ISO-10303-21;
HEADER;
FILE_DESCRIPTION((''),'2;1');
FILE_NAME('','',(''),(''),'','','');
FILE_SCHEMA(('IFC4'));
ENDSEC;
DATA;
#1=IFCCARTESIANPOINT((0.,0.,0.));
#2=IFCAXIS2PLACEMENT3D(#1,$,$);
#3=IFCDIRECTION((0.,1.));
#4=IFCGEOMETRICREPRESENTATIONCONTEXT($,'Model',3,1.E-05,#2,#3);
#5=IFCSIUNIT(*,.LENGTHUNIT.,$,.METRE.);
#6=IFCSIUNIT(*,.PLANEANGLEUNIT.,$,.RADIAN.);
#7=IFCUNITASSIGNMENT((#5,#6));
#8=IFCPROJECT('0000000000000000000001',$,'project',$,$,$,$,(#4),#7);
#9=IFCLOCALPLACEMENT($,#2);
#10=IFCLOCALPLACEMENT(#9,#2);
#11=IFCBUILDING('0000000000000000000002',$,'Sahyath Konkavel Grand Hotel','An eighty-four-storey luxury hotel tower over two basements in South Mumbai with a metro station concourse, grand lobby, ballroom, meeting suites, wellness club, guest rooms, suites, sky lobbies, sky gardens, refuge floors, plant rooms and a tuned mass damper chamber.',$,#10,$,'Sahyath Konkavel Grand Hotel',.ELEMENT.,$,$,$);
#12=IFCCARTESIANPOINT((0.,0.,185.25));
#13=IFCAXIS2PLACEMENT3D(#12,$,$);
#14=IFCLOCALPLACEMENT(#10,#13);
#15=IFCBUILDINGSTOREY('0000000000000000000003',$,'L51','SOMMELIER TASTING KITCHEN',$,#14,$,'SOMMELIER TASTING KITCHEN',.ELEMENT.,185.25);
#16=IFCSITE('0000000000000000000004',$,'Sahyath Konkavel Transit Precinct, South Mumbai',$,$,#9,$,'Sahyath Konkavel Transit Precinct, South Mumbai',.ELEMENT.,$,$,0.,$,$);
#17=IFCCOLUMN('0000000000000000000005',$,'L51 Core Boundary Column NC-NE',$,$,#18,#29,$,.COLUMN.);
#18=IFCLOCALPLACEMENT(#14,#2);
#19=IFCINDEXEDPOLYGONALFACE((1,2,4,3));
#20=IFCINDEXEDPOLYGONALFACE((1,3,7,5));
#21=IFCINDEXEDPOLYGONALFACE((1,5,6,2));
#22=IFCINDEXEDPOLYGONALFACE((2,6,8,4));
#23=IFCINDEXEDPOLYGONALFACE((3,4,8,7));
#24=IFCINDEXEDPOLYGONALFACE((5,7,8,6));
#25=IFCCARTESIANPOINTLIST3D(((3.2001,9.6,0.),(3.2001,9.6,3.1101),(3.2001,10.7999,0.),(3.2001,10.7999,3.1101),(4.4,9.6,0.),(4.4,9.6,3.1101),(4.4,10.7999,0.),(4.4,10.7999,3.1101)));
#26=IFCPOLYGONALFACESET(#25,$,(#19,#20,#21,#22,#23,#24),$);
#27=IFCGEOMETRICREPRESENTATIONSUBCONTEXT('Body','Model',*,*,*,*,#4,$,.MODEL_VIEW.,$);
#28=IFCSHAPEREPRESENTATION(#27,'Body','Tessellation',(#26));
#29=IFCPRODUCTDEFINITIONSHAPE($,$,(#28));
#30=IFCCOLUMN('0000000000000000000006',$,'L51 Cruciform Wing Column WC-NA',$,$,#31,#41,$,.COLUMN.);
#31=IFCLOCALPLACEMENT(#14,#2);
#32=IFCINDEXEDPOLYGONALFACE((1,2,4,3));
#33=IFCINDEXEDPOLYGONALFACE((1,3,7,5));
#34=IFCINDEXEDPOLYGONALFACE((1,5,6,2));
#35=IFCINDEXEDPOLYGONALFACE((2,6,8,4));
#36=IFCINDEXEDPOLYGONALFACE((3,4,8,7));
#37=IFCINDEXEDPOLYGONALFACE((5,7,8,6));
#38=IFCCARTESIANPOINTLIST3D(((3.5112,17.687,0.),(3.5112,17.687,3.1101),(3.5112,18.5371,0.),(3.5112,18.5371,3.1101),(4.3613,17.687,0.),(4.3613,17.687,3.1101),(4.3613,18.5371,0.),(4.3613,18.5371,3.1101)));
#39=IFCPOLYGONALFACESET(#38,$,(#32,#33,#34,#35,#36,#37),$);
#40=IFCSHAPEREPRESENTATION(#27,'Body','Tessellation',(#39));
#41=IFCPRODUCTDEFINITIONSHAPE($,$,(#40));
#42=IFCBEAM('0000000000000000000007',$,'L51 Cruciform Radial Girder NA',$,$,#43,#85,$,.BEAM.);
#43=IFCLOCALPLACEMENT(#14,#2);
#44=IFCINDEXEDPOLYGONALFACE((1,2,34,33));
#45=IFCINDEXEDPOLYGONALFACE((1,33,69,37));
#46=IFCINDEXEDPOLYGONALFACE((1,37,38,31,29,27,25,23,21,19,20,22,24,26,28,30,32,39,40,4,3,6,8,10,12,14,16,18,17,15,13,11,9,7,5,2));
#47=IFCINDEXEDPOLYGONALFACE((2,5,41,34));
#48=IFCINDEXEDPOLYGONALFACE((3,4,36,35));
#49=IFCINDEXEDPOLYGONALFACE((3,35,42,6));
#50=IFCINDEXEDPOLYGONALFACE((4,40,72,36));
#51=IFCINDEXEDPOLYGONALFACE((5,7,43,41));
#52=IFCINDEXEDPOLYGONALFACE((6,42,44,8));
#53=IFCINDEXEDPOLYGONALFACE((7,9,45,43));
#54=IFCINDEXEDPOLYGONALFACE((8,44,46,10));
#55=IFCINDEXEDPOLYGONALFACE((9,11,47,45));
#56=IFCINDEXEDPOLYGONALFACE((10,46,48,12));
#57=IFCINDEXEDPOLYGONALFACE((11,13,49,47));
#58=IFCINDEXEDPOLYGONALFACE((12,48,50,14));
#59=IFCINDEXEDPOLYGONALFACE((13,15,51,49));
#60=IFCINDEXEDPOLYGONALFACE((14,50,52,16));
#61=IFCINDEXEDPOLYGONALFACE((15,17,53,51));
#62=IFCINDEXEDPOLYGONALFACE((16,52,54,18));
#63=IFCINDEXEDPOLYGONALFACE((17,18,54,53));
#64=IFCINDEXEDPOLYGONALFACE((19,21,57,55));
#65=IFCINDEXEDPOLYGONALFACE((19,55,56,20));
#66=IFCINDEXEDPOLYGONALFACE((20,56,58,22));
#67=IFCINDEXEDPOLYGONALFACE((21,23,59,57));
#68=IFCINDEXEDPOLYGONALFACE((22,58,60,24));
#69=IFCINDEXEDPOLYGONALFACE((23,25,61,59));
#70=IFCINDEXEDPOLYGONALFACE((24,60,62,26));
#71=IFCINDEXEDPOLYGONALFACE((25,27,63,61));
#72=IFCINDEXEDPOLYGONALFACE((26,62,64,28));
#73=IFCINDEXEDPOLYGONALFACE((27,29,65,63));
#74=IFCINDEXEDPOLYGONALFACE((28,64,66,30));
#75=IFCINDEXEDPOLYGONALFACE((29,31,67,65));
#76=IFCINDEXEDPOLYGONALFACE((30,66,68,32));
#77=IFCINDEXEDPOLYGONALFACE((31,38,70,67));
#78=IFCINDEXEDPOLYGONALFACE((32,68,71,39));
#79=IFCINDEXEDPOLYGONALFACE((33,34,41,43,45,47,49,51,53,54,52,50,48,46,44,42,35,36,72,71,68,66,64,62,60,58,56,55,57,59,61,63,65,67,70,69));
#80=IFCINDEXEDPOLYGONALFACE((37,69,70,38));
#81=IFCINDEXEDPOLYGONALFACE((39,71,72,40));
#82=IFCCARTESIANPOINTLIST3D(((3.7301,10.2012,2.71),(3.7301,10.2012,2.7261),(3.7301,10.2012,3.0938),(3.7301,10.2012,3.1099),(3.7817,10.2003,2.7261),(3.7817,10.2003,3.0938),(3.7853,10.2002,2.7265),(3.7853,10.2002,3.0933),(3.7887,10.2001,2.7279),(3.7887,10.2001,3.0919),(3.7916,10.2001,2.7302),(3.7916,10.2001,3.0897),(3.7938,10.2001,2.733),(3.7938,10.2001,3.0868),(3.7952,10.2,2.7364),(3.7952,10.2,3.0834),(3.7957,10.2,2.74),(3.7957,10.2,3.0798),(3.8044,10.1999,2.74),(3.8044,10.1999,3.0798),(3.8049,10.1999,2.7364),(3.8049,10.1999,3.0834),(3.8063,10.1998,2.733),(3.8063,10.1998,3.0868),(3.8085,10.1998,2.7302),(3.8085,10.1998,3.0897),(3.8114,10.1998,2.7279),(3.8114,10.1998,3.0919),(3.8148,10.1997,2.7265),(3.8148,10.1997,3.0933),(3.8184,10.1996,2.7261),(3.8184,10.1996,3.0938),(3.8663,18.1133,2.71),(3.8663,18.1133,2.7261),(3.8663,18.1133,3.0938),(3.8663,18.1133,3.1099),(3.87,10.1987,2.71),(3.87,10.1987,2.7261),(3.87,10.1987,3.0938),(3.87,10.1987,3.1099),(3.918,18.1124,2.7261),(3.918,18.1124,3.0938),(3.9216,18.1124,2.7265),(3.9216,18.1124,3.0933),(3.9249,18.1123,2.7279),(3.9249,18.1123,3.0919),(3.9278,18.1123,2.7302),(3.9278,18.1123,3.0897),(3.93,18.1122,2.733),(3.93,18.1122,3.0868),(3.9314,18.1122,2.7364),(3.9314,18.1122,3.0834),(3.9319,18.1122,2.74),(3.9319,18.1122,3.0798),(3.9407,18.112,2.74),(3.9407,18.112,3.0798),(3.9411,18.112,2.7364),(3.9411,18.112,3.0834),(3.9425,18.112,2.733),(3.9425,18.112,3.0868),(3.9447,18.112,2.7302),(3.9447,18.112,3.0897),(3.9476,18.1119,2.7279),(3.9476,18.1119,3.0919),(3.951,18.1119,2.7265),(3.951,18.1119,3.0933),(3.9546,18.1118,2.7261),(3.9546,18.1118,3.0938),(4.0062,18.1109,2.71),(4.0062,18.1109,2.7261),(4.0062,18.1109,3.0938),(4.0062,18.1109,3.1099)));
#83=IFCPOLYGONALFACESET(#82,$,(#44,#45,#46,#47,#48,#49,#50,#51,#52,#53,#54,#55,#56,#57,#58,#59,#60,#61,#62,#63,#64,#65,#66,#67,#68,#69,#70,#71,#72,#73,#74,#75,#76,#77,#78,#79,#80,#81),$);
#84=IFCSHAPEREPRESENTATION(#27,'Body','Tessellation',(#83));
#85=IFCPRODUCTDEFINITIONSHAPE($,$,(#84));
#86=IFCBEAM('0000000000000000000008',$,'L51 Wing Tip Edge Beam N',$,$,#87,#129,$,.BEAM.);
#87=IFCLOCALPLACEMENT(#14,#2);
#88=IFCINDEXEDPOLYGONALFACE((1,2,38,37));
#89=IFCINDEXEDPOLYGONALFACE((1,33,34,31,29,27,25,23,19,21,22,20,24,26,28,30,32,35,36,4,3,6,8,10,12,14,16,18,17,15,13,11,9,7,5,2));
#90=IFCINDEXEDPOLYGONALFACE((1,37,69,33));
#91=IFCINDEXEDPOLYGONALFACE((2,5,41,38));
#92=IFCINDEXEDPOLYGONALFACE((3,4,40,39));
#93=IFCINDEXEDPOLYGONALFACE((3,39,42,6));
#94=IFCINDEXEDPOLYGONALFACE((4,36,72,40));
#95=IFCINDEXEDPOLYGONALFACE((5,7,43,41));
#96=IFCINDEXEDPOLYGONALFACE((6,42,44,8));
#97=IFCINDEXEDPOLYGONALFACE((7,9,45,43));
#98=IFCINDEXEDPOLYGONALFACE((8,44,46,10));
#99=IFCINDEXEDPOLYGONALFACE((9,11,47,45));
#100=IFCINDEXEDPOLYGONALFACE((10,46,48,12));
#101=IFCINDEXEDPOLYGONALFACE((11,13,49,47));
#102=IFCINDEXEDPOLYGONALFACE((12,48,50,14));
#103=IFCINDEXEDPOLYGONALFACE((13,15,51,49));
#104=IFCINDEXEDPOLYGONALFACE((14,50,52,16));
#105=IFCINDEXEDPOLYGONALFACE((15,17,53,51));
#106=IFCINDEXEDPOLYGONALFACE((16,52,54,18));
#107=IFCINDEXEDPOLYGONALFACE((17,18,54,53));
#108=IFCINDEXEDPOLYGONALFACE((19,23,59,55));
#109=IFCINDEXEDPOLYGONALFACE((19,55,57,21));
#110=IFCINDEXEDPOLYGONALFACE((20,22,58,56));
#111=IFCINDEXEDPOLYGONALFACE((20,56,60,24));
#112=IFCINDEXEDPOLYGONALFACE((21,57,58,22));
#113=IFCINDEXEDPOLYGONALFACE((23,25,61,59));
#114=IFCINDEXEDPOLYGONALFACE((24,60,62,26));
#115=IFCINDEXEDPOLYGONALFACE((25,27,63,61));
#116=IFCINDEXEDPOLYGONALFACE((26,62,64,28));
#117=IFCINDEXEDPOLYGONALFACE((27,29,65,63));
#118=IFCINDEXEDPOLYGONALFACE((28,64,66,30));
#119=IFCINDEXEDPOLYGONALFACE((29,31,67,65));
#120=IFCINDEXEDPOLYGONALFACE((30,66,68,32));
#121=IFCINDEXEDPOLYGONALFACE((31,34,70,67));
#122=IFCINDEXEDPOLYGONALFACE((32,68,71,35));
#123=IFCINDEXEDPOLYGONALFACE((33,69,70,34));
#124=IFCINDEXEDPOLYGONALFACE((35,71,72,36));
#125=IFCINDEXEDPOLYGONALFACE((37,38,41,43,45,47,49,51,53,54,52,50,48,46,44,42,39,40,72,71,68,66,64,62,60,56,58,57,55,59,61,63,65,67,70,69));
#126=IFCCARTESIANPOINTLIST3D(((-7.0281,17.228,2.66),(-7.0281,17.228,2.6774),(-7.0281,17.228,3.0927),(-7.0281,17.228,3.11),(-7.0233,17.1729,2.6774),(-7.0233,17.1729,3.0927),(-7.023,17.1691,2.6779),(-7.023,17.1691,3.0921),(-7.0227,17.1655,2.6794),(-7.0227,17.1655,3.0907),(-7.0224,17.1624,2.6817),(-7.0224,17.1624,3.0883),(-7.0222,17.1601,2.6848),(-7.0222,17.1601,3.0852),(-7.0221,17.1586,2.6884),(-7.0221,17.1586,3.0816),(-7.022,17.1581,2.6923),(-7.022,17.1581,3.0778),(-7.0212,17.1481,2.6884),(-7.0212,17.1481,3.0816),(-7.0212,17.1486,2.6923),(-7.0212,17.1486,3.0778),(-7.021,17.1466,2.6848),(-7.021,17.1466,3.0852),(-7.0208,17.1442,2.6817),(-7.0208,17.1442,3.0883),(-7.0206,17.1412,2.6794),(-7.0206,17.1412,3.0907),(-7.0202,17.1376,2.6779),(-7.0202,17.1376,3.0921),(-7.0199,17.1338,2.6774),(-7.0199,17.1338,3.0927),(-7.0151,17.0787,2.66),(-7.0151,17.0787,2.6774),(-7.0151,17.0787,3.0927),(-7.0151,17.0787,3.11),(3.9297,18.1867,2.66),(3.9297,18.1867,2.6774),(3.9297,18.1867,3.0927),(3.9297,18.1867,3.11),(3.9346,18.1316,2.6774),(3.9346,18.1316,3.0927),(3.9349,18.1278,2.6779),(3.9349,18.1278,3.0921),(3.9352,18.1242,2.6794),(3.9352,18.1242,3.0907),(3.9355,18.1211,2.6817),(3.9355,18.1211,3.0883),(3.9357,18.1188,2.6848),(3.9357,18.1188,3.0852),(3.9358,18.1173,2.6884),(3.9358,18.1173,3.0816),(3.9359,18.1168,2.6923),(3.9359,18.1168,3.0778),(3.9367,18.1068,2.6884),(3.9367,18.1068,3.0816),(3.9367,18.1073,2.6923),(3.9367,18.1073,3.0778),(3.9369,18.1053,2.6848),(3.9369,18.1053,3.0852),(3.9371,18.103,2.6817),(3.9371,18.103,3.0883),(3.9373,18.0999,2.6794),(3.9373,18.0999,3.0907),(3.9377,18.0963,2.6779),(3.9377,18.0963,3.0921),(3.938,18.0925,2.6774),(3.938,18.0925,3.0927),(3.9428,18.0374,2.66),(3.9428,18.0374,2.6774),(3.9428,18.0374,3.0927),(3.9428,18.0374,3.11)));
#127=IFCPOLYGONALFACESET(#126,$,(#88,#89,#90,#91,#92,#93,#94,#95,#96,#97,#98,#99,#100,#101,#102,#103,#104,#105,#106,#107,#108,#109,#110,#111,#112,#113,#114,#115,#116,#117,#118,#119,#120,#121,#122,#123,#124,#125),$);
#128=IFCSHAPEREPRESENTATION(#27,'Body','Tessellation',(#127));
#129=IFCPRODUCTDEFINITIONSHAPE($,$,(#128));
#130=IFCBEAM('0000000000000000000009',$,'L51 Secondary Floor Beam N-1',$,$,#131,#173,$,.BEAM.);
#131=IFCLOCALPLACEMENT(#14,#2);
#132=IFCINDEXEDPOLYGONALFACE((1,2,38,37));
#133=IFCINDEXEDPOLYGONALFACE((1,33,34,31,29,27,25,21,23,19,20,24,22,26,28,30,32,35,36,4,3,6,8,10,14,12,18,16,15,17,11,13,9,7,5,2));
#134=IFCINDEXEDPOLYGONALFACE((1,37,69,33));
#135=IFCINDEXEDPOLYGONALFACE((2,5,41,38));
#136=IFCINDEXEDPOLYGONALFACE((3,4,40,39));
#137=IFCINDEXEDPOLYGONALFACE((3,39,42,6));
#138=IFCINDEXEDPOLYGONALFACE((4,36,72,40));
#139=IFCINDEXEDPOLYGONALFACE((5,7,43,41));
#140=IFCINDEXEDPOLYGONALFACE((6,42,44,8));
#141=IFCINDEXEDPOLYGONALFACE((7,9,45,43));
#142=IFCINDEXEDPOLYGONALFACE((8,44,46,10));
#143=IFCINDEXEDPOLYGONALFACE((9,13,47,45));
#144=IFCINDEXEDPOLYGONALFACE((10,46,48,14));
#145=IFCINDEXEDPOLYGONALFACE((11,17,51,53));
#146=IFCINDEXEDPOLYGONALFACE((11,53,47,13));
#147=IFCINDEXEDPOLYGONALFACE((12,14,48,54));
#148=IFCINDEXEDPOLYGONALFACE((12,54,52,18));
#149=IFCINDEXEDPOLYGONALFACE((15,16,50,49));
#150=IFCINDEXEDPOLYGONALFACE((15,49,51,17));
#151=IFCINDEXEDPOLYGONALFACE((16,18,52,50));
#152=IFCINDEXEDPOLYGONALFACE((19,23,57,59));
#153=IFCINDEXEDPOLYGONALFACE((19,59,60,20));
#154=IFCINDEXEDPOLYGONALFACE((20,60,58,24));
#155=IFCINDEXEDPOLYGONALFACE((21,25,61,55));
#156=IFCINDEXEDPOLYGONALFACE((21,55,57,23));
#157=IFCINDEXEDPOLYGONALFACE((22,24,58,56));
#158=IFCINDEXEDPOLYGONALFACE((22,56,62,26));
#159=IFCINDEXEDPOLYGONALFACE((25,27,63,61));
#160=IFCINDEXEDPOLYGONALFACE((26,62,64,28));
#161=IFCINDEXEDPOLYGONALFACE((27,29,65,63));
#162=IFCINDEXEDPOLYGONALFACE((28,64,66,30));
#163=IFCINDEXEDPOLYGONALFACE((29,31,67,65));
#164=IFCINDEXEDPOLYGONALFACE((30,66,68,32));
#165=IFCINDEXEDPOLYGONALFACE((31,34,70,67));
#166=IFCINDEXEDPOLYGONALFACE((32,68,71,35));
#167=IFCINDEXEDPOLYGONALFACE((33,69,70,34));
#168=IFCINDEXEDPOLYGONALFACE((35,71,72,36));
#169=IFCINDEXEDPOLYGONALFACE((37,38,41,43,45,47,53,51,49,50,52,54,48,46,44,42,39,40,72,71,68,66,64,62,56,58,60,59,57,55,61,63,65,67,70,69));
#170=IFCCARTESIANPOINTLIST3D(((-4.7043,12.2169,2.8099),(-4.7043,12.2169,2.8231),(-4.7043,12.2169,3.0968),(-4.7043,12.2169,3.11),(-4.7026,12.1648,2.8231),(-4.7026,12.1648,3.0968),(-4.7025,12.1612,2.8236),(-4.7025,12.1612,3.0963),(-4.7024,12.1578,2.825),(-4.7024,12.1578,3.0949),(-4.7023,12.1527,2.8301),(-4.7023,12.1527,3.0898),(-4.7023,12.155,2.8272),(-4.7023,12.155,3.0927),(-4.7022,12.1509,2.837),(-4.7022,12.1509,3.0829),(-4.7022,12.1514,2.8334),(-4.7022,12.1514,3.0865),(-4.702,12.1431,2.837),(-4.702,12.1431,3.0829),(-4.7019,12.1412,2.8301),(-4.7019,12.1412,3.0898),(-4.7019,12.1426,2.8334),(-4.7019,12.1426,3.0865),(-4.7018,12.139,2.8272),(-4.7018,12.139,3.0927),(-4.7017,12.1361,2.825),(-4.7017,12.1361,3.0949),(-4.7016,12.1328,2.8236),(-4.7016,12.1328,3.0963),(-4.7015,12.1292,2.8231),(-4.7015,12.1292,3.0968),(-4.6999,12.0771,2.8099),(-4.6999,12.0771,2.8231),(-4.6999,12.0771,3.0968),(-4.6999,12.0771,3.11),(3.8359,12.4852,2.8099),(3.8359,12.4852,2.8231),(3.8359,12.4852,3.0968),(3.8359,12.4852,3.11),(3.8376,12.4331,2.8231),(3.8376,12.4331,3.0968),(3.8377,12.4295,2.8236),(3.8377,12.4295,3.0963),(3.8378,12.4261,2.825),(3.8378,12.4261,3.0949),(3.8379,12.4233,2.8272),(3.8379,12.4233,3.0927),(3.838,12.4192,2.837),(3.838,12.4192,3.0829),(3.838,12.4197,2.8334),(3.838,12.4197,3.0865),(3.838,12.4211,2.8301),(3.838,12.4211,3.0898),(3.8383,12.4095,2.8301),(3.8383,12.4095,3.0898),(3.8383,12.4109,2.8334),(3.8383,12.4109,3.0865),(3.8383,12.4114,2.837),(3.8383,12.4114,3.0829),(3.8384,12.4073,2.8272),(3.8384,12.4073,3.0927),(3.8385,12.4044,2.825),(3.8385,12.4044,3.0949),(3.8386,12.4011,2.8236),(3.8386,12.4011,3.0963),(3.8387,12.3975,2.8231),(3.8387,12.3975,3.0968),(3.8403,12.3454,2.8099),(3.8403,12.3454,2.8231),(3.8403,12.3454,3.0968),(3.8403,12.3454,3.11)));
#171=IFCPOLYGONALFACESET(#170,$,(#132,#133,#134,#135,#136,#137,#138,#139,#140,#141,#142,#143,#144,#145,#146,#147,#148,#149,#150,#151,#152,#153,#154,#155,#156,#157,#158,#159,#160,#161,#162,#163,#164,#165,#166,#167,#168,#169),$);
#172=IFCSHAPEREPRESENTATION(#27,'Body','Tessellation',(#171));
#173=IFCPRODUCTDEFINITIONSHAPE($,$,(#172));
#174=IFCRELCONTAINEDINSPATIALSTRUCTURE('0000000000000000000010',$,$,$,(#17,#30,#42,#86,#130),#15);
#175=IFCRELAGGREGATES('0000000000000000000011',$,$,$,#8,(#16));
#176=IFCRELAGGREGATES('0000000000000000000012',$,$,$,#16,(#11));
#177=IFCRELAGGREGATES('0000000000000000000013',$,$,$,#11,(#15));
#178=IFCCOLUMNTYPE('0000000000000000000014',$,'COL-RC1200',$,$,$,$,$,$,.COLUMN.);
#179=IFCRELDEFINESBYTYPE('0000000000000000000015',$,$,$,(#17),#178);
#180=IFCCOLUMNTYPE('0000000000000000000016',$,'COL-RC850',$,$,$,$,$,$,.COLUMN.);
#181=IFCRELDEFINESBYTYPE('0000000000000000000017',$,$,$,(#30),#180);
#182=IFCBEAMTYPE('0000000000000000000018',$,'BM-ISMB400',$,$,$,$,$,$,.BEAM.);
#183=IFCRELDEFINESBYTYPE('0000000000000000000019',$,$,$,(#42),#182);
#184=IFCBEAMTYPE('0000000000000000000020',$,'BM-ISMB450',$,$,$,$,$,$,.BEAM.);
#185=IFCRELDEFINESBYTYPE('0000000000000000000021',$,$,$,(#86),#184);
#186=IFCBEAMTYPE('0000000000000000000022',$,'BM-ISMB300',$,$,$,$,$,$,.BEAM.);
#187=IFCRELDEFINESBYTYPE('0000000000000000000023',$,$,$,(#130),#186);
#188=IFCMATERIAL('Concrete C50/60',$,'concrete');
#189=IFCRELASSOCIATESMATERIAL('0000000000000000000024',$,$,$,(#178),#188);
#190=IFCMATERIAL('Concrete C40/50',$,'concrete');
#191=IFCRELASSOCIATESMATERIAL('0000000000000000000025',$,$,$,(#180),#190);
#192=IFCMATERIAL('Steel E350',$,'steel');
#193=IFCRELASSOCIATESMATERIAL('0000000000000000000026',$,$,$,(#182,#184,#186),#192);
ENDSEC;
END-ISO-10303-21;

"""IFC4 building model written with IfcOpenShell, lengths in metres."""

from ifc_helpers import new_model, si_unit, direction, frame, origin, origin_2d, place, context, subcontext, project, spatial, rectangle, i_section, extrude, source, transform, mapped, material, material_profile, profile_set, type_object, element, save


model = new_model("IFC4")

# Units and contexts
model_context = context("Model", 3, precision=1e-05, world=origin(), true_north=direction((0.0, 1.0)))
body_context = subcontext(model_context, "Body", "Model", "MODEL_VIEW")
ifc_project = project(units=[si_unit("LENGTHUNIT", "METRE"), si_unit("PLANEANGLEUNIT", "RADIAN")], contexts=[model_context])

# Site, building, storey
site_placement = place(None, origin())
site = spatial("IfcSite", under=ifc_project, at=site_placement, Name="Sahyath Konkavel Transit Precinct, South Mumbai", LongName="Sahyath Konkavel Transit Precinct, South Mumbai", CompositionType="ELEMENT", RefElevation=0.0)
building_placement = place(site_placement, origin())
building = spatial("IfcBuilding", under=site, at=building_placement, Name="Sahyath Konkavel Grand Hotel", Description="An eighty-four-storey luxury hotel tower over two basements in South Mumbai with a metro station concourse, grand lobby, ballroom, meeting suites, wellness club, guest rooms, suites, sky lobbies, sky gardens, refuge floors, plant rooms and a tuned mass damper chamber.", LongName="Sahyath Konkavel Grand Hotel", CompositionType="ELEMENT")
storey_placement = place(building_placement, frame((0.0, 0.0, 185.25)))
storey = spatial("IfcBuildingStorey", under=building, at=storey_placement, Name="L51", Description="SOMMELIER TASTING KITCHEN", LongName="SOMMELIER TASTING KITCHEN", CompositionType="ELEMENT", Elevation=185.25)

# Columns
ifc_material_1 = material(Name="Concrete C50/60", Category="concrete")
ifc_material_profile_1 = material_profile(ifc_material_1, rectangle(XDim=1.2, YDim=1.2, at=origin_2d()), Name="RC 1200x1200")
ifc_profile_set_1 = profile_set([ifc_material_profile_1], Name="Concrete C50/60")
column_type_1 = type_object("IfcColumnType", Name="COL-RC1200", PredefinedType="COLUMN", material=ifc_profile_set_1)
shared_shape_1 = source(origin(), body_context, "Body", "SweptSolid", [
    extrude(rectangle(XDim=1.2, YDim=1.2, at=origin_2d()), origin(), (0.0, 0.0, 1.0), 3.1101),
])
column_1_placement = place(storey_placement, frame((3.8, 10.2, 0.0), z_axis=(0.0, 0.0, 1.0), x_axis=(1.0, 0.0, 0.0)))
element("IfcColumn", 1, at=column_1_placement, inside=storey, type_object=column_type_1, Name="L51 Core Boundary Column NC-NE", PredefinedType="COLUMN", context=body_context, shape_type="MappedRepresentation", body=[
    mapped(shared_shape_1, transform((0.0, 0.0, 0.0), scale=1.0)),
])
ifc_material_2 = material(Name="Concrete C40/50", Category="concrete")
ifc_material_profile_2 = material_profile(ifc_material_2, rectangle(XDim=0.8501, YDim=0.8501, at=origin_2d()), Name="RC 850x850")
ifc_profile_set_2 = profile_set([ifc_material_profile_2], Name="Concrete C40/50")
column_type_2 = type_object("IfcColumnType", Name="COL-RC850", PredefinedType="COLUMN", material=ifc_profile_set_2)
shared_shape_2 = source(origin(), body_context, "Body", "SweptSolid", [
    extrude(rectangle(XDim=0.8501, YDim=0.8501, at=origin_2d()), origin(), (0.0, 0.0, 1.0), 3.1101),
])
column_2_placement = place(storey_placement, frame((3.9363, 18.1121, 0.0), z_axis=(0.0, 0.0, 1.0), x_axis=(1.0, 0.0, 0.0)))
element("IfcColumn", 2, at=column_2_placement, inside=storey, type_object=column_type_2, Name="L51 Cruciform Wing Column WC-NA", PredefinedType="COLUMN", context=body_context, shape_type="MappedRepresentation", body=[
    mapped(shared_shape_2, transform((0.0, 0.0, 0.0), scale=1.0)),
])

# Beams
ifc_material_3 = material(Name="Steel E350", Category="steel")
ifc_material_profile_3 = material_profile(ifc_material_3, i_section(OverallWidth=0.1399, OverallDepth=0.3999, WebThickness=0.0088, FlangeThickness=0.0161, FilletRadius=0.0139, at=origin_2d()), Name="ISMB 400")
ifc_profile_set_3 = profile_set([ifc_material_profile_3], Name="Steel E350")
beam_type_1 = type_object("IfcBeamType", Name="BM-ISMB400", PredefinedType="BEAM", material=ifc_profile_set_3)
shared_shape_3 = source(origin(), body_context, "Body", "SweptSolid", [
    extrude(i_section(OverallWidth=0.1399, OverallDepth=0.3999, WebThickness=0.0088, FlangeThickness=0.0161, FilletRadius=0.0139, at=origin_2d()), origin(), (0.0, 0.0, 1.0), 7.9133),
])
beam_1_placement = place(storey_placement, frame((3.8, 10.2, 2.9099), z_axis=(0.017215, 0.999852, 0.0), x_axis=(-0.999852, 0.017215, 0.0)))
element("IfcBeam", 3, at=beam_1_placement, inside=storey, type_object=beam_type_1, Name="L51 Cruciform Radial Girder NA", PredefinedType="BEAM", context=body_context, shape_type="MappedRepresentation", body=[
    mapped(shared_shape_3, transform((0.0, 0.0, 0.0), scale=1.0)),
])
ifc_material_profile_4 = material_profile(ifc_material_3, i_section(OverallWidth=0.1499, OverallDepth=0.45, WebThickness=0.0095, FlangeThickness=0.0173, FilletRadius=0.0149, at=origin_2d()), Name="ISMB 450")
ifc_profile_set_4 = profile_set([ifc_material_profile_4], Name="Steel E350")
beam_type_2 = type_object("IfcBeamType", Name="BM-ISMB450", PredefinedType="BEAM", material=ifc_profile_set_4)
shared_shape_4 = source(origin(), body_context, "Body", "SweptSolid", [
    extrude(i_section(OverallWidth=0.1499, OverallDepth=0.45, WebThickness=0.0095, FlangeThickness=0.0173, FilletRadius=0.0149, at=origin_2d()), origin(), (0.0, 0.0, 1.0), 10.9998),
])
beam_2_placement = place(storey_placement, frame((3.9363, 18.1121, 2.885), z_axis=(-0.996194, -0.087159, 0.0), x_axis=(0.087159, -0.996194, 0.0)))
element("IfcBeam", 4, at=beam_2_placement, inside=storey, type_object=beam_type_2, Name="L51 Wing Tip Edge Beam N", PredefinedType="BEAM", context=body_context, shape_type="MappedRepresentation", body=[
    mapped(shared_shape_4, transform((0.0, 0.0, 0.0), scale=1.0)),
])
ifc_material_profile_5 = material_profile(ifc_material_3, i_section(OverallWidth=0.1399, OverallDepth=0.3, WebThickness=0.0078, FlangeThickness=0.0132, FilletRadius=0.0139, at=origin_2d()), Name="ISMB 300")
ifc_profile_set_5 = profile_set([ifc_material_profile_5], Name="Steel E350")
beam_type_3 = type_object("IfcBeamType", Name="BM-ISMB300", PredefinedType="BEAM", material=ifc_profile_set_5)
shared_shape_5 = source(origin(), body_context, "Body", "SweptSolid", [
    extrude(i_section(OverallWidth=0.1399, OverallDepth=0.3, WebThickness=0.0078, FlangeThickness=0.0132, FilletRadius=0.0139, at=origin_2d()), origin(), (0.0, 0.0, 1.0), 8.5444),
])
beam_3_placement = place(storey_placement, frame((3.8381, 12.4153, 2.96), z_axis=(-0.999507, -0.031402, 0.0), x_axis=(0.031402, -0.999507, 0.0)))
element("IfcBeam", 5, at=beam_3_placement, inside=storey, type_object=beam_type_3, Name="L51 Secondary Floor Beam N-1", PredefinedType="BEAM", context=body_context, shape_type="MappedRepresentation", body=[
    mapped(shared_shape_5, transform((0.0, 0.0, 0.0), scale=1.0)),
])

save(model, "model.ifc")
